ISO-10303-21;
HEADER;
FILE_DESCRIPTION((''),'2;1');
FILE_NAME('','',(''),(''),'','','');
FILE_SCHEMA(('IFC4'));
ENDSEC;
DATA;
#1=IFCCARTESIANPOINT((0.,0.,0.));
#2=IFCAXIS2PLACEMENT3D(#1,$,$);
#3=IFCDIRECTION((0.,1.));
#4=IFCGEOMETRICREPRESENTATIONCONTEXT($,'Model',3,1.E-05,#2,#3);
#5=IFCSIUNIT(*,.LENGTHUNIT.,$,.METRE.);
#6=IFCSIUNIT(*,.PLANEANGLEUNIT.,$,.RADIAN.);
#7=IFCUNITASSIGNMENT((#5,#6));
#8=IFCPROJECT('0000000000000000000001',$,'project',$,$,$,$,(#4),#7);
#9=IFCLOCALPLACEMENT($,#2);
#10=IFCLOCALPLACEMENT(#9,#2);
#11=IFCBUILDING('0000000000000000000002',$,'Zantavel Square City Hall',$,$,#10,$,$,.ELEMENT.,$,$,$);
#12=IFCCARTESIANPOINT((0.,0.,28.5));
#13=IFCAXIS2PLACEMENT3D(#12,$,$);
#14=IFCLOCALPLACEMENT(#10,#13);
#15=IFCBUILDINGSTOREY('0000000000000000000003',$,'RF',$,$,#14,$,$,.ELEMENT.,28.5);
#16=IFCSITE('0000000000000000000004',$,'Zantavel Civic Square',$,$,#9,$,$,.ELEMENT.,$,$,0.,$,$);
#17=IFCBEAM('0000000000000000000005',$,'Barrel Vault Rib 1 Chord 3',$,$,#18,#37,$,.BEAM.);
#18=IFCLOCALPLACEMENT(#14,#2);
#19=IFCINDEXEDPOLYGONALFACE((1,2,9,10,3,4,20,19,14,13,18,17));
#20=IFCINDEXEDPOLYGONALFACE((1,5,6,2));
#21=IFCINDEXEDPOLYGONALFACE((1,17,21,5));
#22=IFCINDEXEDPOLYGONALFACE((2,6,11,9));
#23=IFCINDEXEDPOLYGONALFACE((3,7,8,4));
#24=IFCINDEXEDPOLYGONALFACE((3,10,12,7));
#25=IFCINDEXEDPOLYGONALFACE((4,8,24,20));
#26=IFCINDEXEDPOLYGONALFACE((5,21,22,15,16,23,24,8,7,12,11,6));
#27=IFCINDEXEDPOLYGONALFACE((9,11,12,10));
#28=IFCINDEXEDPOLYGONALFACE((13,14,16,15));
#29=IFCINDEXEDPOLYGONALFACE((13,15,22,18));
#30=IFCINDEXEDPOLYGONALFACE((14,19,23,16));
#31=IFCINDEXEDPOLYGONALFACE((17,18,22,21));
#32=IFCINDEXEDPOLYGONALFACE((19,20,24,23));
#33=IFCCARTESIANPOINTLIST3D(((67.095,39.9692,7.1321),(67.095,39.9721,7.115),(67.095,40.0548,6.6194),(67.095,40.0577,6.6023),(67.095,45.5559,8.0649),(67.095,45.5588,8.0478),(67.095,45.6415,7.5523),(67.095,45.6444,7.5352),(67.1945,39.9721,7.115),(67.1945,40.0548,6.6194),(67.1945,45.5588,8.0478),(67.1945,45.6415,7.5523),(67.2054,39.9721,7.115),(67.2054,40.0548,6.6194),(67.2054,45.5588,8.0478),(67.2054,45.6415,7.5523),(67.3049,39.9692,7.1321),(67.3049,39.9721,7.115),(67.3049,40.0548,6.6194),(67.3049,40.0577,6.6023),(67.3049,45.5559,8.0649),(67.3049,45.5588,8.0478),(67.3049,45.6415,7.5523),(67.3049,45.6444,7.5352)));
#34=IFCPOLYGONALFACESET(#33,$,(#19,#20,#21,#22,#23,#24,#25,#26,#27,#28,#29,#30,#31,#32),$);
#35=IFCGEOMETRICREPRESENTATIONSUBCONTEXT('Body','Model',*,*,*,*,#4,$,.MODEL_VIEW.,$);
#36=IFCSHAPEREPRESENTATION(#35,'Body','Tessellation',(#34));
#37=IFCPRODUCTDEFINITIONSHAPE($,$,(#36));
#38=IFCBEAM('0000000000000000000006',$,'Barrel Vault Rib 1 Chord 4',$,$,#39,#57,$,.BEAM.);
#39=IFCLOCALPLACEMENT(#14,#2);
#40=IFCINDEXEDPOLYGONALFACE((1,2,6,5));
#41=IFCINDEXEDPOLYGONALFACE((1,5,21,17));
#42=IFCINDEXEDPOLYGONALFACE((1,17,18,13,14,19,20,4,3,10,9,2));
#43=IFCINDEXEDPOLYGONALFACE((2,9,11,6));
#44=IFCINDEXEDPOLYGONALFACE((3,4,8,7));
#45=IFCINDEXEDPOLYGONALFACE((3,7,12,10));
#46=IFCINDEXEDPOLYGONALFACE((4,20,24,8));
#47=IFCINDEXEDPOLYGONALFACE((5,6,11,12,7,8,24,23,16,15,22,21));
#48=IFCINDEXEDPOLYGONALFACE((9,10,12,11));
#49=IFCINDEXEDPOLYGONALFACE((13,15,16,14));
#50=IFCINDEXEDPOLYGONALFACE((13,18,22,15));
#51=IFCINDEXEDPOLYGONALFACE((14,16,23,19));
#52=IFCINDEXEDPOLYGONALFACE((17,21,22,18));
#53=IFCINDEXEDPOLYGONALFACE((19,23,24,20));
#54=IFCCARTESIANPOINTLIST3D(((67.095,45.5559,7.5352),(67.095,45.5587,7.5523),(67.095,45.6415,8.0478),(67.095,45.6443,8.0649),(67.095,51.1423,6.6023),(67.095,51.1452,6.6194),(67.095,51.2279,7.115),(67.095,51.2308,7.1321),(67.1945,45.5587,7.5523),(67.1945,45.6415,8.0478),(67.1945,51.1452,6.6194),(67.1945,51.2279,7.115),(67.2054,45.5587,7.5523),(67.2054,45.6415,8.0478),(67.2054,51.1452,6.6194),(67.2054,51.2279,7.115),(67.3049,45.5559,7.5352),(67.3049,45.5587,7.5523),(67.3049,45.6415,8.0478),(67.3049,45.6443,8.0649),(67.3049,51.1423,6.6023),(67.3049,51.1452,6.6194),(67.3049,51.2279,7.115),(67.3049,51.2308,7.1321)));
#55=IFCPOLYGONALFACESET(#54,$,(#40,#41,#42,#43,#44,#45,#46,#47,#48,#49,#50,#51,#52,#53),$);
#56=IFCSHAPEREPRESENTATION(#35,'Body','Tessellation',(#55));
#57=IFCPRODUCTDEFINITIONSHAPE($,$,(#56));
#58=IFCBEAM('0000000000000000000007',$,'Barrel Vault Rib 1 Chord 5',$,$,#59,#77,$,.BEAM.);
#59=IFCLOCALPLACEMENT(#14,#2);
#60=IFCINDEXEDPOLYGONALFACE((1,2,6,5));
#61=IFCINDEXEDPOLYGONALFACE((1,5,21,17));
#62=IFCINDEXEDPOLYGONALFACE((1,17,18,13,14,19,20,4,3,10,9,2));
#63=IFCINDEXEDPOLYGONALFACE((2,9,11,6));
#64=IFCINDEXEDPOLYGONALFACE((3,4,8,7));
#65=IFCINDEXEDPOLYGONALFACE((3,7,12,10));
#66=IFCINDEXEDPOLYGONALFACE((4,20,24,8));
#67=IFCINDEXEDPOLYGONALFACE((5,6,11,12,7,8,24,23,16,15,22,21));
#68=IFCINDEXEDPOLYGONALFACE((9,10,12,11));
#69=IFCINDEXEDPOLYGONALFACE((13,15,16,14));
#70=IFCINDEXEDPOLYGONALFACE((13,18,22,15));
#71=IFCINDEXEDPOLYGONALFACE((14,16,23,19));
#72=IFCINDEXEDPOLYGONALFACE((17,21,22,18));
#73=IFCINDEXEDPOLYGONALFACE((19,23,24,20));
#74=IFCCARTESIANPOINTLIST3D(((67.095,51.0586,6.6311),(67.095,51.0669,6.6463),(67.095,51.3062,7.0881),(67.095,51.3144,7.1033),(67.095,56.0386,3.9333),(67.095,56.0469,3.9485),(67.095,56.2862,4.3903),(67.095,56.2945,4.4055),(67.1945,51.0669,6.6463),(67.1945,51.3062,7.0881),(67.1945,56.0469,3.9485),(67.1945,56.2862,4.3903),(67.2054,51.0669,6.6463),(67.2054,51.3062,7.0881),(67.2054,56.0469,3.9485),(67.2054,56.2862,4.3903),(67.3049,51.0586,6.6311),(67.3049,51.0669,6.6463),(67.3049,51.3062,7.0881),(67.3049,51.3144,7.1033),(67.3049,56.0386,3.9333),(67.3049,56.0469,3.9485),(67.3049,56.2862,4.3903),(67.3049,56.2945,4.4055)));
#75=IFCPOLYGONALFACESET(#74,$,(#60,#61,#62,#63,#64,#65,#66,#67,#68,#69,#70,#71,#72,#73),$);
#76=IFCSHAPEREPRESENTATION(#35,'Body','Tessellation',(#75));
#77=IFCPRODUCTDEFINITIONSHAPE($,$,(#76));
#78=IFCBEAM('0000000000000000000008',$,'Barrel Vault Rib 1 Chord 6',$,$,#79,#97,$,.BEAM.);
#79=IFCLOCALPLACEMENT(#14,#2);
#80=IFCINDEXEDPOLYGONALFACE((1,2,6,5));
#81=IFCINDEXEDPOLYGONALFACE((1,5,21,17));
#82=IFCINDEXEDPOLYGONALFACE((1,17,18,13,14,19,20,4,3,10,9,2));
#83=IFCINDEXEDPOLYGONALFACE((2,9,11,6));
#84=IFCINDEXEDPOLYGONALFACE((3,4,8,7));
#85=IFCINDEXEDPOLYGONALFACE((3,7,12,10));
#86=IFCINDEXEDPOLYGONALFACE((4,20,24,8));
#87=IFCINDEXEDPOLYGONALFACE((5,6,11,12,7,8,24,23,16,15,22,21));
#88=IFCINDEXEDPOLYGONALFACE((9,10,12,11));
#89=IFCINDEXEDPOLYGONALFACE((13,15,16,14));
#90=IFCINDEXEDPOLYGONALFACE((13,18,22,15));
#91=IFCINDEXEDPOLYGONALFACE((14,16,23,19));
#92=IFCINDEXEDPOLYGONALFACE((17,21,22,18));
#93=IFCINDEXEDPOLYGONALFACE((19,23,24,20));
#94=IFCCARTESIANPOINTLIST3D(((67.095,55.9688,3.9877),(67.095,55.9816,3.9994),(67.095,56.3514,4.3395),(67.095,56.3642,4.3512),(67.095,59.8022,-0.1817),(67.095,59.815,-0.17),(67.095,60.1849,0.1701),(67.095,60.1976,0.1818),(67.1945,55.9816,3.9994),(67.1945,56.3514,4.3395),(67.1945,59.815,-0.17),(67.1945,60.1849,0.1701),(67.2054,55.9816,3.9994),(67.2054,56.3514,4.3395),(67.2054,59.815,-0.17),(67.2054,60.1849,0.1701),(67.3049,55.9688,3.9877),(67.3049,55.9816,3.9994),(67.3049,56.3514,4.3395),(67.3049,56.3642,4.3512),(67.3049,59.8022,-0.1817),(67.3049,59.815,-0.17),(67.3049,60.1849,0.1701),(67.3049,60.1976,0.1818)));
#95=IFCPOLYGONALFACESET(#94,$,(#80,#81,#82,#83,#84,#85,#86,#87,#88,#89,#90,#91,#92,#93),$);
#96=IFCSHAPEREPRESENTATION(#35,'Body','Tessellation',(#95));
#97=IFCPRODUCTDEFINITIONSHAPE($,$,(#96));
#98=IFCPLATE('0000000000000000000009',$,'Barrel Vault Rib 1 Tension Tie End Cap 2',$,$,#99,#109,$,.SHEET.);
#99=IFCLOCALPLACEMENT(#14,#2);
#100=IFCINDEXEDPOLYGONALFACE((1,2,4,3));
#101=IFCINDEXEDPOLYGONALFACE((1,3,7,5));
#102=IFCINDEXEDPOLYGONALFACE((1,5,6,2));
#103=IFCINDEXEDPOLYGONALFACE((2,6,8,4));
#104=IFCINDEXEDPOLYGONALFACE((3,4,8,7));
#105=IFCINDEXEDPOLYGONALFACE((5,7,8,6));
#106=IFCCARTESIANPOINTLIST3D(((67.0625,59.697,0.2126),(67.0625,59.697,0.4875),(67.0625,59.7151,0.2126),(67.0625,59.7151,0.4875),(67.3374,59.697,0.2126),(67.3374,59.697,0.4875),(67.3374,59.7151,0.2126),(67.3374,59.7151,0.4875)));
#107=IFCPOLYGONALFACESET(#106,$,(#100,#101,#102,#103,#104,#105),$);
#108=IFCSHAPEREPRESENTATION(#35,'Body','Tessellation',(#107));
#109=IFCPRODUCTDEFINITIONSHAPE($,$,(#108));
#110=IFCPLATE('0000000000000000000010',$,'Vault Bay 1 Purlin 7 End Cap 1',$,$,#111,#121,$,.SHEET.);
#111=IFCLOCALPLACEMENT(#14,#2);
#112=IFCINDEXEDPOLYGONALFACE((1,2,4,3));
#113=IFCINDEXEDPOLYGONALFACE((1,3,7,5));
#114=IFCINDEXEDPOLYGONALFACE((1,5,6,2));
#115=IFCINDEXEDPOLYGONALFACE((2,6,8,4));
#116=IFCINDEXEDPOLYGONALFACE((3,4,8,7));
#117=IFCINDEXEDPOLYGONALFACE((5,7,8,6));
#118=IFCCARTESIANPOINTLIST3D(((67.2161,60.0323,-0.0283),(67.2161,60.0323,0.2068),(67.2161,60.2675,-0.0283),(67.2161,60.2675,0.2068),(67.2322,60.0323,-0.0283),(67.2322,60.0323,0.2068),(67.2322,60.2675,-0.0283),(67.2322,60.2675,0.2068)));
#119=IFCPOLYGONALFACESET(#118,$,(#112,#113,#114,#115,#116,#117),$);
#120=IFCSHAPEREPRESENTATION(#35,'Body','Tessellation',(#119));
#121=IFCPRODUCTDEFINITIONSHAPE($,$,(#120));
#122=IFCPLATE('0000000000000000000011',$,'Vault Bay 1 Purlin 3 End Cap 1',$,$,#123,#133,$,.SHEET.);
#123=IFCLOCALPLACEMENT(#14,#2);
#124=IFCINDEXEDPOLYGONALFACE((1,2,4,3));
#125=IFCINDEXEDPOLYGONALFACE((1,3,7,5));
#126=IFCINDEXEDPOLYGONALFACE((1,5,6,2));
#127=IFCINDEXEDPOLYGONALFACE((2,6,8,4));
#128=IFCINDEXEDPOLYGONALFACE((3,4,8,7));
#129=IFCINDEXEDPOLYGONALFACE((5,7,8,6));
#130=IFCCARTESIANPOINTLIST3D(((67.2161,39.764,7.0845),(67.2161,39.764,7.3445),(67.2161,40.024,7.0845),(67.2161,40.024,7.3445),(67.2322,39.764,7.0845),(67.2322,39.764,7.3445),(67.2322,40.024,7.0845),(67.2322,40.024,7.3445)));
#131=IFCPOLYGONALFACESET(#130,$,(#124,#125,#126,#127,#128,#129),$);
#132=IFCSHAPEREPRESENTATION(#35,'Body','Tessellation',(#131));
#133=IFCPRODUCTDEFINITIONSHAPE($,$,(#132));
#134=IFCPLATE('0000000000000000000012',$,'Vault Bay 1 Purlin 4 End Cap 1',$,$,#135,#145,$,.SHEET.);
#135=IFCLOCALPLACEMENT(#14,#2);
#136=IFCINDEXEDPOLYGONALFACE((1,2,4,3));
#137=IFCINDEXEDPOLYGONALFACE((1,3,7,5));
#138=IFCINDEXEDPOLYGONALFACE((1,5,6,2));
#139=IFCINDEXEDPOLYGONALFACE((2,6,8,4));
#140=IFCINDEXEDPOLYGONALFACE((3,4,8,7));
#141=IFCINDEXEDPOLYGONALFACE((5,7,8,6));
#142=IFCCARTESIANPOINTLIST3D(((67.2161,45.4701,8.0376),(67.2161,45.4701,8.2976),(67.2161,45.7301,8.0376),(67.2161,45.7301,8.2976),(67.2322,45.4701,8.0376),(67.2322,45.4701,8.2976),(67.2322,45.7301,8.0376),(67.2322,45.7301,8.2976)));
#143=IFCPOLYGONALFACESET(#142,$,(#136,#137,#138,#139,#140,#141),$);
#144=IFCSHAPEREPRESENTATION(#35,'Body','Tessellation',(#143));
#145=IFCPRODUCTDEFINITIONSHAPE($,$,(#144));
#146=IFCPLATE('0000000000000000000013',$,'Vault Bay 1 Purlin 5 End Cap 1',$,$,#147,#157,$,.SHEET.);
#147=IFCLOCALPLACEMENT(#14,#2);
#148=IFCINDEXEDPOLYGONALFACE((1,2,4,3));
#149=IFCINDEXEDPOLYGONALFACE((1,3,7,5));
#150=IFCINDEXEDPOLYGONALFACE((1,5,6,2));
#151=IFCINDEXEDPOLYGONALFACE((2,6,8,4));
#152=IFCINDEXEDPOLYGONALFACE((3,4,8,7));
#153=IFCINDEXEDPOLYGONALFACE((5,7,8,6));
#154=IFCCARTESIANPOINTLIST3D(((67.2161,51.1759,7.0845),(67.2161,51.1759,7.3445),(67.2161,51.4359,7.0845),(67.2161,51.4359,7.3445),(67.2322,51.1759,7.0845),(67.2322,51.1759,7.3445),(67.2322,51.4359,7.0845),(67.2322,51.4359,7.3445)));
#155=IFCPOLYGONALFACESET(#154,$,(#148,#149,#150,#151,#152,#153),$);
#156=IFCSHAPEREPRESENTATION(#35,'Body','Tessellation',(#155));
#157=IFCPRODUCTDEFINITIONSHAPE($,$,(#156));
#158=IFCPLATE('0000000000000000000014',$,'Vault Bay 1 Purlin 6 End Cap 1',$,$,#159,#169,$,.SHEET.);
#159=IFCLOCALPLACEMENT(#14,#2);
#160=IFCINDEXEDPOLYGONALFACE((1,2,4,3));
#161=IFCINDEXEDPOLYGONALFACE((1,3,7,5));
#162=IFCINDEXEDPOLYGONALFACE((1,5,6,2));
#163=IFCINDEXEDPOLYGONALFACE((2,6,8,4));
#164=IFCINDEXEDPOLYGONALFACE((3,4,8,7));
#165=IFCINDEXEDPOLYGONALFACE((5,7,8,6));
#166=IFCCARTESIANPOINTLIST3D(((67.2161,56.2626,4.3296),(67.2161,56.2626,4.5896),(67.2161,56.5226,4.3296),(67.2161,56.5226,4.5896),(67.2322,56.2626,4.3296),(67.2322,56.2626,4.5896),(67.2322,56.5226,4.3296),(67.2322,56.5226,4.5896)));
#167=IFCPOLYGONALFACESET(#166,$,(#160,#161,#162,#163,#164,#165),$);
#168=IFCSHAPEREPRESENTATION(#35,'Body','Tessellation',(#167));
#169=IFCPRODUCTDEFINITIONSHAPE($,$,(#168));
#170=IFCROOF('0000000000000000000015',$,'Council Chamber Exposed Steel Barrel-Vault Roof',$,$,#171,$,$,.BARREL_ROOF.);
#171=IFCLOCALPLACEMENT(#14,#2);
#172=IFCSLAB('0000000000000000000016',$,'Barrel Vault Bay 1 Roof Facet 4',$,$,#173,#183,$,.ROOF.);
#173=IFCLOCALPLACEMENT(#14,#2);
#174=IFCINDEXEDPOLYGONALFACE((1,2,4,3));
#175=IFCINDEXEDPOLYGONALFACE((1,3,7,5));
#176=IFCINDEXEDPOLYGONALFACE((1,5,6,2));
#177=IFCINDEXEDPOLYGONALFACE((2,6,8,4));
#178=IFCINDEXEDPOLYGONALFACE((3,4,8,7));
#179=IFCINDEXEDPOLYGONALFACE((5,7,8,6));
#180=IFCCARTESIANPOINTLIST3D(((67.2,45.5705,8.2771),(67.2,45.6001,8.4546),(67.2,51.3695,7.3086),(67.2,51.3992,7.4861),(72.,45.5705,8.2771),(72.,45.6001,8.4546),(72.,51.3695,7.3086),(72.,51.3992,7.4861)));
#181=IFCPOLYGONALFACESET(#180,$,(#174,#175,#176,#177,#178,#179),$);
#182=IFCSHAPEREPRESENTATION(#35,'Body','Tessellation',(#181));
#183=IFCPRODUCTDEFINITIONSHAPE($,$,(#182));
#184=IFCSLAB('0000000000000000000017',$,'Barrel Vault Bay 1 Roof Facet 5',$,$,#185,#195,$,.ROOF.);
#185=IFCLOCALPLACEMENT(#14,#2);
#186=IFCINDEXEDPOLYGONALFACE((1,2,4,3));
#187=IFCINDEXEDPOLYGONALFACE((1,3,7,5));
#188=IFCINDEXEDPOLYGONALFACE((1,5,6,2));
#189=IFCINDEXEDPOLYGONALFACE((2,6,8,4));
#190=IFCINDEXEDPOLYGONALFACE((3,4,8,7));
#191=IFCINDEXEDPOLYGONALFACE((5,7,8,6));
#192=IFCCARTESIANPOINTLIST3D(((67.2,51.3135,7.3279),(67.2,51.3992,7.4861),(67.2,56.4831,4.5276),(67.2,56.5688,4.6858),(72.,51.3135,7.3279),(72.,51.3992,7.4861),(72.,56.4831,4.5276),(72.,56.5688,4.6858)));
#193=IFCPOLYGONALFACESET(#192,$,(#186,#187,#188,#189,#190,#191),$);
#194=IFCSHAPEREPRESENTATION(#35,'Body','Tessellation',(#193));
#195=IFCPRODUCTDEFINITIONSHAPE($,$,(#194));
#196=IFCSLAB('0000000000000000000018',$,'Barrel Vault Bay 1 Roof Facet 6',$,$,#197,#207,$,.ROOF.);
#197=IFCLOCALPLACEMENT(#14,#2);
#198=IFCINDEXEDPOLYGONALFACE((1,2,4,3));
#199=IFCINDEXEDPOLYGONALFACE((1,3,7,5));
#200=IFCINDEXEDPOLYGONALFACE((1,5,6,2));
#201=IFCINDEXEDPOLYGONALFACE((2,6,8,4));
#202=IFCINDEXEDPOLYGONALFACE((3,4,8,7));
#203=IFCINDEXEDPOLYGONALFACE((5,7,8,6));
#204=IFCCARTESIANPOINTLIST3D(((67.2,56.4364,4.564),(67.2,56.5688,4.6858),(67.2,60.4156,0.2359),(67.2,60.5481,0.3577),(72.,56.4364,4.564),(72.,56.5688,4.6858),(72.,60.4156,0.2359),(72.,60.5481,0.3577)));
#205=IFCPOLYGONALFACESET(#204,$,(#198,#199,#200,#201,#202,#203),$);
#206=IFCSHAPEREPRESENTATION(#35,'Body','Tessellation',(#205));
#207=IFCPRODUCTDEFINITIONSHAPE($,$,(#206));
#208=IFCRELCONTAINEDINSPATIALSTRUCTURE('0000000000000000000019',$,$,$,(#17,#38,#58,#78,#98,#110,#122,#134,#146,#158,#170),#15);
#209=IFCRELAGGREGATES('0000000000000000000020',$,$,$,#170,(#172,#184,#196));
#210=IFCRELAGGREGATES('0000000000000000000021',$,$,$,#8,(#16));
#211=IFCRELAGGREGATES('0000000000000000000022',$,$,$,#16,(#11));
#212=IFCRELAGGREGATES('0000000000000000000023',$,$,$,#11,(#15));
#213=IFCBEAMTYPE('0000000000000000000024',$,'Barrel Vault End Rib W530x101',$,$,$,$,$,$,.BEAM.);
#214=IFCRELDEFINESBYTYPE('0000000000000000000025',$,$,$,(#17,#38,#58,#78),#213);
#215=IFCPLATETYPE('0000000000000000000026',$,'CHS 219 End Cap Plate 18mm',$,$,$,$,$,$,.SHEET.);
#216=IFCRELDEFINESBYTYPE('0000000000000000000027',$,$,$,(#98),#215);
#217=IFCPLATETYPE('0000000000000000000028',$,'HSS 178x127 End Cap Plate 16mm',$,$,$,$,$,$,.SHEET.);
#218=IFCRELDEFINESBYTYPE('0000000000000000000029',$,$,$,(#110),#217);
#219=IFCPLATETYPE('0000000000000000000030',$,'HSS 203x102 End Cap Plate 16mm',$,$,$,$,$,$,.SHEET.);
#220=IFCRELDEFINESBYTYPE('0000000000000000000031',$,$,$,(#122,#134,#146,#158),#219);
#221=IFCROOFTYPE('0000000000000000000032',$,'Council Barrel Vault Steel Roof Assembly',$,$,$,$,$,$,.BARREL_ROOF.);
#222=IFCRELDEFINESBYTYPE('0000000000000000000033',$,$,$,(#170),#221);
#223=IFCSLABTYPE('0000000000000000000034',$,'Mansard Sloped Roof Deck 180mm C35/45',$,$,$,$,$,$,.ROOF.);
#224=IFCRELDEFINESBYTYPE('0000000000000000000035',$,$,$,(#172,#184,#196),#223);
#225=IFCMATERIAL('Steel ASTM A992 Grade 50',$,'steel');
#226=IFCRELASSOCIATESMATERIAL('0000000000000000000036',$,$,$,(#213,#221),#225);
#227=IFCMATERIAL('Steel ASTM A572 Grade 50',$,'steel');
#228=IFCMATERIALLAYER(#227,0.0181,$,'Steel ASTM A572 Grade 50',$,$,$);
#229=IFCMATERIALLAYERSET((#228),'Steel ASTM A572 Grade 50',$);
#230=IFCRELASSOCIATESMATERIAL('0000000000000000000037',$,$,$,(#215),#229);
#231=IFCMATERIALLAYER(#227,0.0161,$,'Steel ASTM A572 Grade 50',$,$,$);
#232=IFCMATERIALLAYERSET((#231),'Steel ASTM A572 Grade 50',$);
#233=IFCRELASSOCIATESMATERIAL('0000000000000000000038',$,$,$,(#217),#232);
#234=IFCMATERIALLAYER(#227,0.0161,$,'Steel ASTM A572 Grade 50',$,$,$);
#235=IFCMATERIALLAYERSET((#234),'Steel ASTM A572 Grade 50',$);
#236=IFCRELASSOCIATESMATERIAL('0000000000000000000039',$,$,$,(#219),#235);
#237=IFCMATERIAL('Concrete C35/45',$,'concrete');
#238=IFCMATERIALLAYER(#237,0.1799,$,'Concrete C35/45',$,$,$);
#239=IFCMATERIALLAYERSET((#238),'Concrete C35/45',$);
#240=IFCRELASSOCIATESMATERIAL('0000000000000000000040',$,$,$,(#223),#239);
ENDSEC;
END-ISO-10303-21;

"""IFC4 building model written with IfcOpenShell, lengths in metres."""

from ifc_helpers import new_model, si_unit, direction, frame, origin, origin_2d, place, context, subcontext, project, spatial, polyline, rectangle, i_section, outline, extrude, material, layer, layer_set, material_profile, profile_set, type_object, element, aggregate, save


model = new_model("IFC4")

# Units and contexts
model_context = context("Model", 3, precision=1e-05, world=origin(), true_north=direction((0.0, 1.0)))
body_context = subcontext(model_context, "Body", "Model", "MODEL_VIEW")
ifc_project = project(units=[si_unit("LENGTHUNIT", "METRE"), si_unit("PLANEANGLEUNIT", "RADIAN")], contexts=[model_context])

# Site, building, storey
site_placement = place(None, origin())
site = spatial("IfcSite", under=ifc_project, at=site_placement, Name="Zantavel Civic Square", CompositionType="ELEMENT", RefElevation=0.0)
building_placement = place(site_placement, origin())
building = spatial("IfcBuilding", under=site, at=building_placement, Name="Zantavel Square City Hall", CompositionType="ELEMENT")
storey_placement = place(building_placement, frame((0.0, 0.0, 28.5)))
storey = spatial("IfcBuildingStorey", under=building, at=storey_placement, Name="RF", CompositionType="ELEMENT", Elevation=28.5)

# Beams
ifc_material_1 = material(Name="Steel ASTM A992 Grade 50", Category="steel")
ifc_material_profile = material_profile(ifc_material_1, i_section(OverallWidth=0.21, OverallDepth=0.5371, WebThickness=0.011, FlangeThickness=0.0173, at=origin_2d()), Name="W530x101")
ifc_profile_set = profile_set([ifc_material_profile], Name="Steel ASTM A992 Grade 50")
beam_type = type_object("IfcBeamType", Name="Barrel Vault End Rib W530x101", PredefinedType="BEAM", material=ifc_profile_set)
beam_placement = place(storey_placement, frame((67.2, 40.0134, 6.8672), z_axis=(0.0, 0.986344, 0.1647), x_axis=(-1.0, 0.0, 0.0)))
element("IfcBeam", 1, at=beam_placement, inside=storey, type_object=beam_type, Name="Barrel Vault Rib 1 Chord 3", PredefinedType="BEAM", context=body_context, shape_type="SweptSolid", body=[
    extrude(i_section(OverallWidth=0.21, OverallDepth=0.5371, WebThickness=0.011, FlangeThickness=0.0173, at=origin_2d()), origin(), (0.0, 0.0, 1.0), 5.6641),
])
for number, where, z_axis, x_axis, name in (
    (2, (67.2, 45.6001, 7.8), (0.0, 0.986343, -0.164707), (-1.0, 0.0, 0.0), "Barrel Vault Rib 1 Chord 4"),
    (3, (67.2, 51.1865, 6.8672), (0.0, 0.879272, -0.476319), (-1.0, 0.0, 0.0), "Barrel Vault Rib 1 Chord 5"),
    (4, (67.2, 56.1665, 4.1694), (0.0, 0.676829, -0.736141), (-1.0, 0.0, 0.0), "Barrel Vault Rib 1 Chord 6"),
):
    element("IfcBeam", number, at=place(storey_placement, frame(where, z_axis=z_axis, x_axis=x_axis)), inside=storey, type_object=beam_type, Name=name, PredefinedType="BEAM", context=body_context, shape_type="SweptSolid", body=[
        extrude(i_section(OverallWidth=0.21, OverallDepth=0.5371, WebThickness=0.011, FlangeThickness=0.0173, at=origin_2d()), origin(), (0.0, 0.0, 1.0), 5.6638),
    ])

# Plates
ifc_material_2 = material(Name="Steel ASTM A572 Grade 50", Category="steel")
ifc_layer_1 = layer(ifc_material_2, 0.0181, Name="Steel ASTM A572 Grade 50")
ifc_layer_set_1 = layer_set([ifc_layer_1], Name="Steel ASTM A572 Grade 50")
plate_type_1 = type_object("IfcPlateType", Name="CHS 219 End Cap Plate 18mm", PredefinedType="SHEET", material=ifc_layer_set_1)
plate_1_placement = place(storey_placement, frame((67.2, 59.7061, 0.2126), z_axis=(0.0, 0.0, 1.0), x_axis=(0.0, 1.0, 0.0)))
element("IfcPlate", 5, at=plate_1_placement, inside=storey, type_object=plate_type_1, Name="Barrel Vault Rib 1 Tension Tie End Cap 2", PredefinedType="SHEET", context=body_context, shape_type="SweptSolid", body=[
    extrude(rectangle(XDim=0.0181, YDim=0.2749, at=origin_2d()), origin(), (0.0, 0.0, 1.0), 0.2749),
])
ifc_layer_2 = layer(ifc_material_2, 0.0161, Name="Steel ASTM A572 Grade 50")
ifc_layer_set_2 = layer_set([ifc_layer_2], Name="Steel ASTM A572 Grade 50")
plate_type_2 = type_object("IfcPlateType", Name="HSS 178x127 End Cap Plate 16mm", PredefinedType="SHEET", material=ifc_layer_set_2)
plate_2_placement = place(storey_placement, frame((67.2241, 60.1499, -0.0283), z_axis=(0.0, 0.0, 1.0), x_axis=(1.0, 0.0, 0.0)))
element("IfcPlate", 6, at=plate_2_placement, inside=storey, type_object=plate_type_2, Name="Vault Bay 1 Purlin 7 End Cap 1", PredefinedType="SHEET", context=body_context, shape_type="SweptSolid", body=[
    extrude(rectangle(XDim=0.0161, YDim=0.2351, at=origin_2d()), origin(), (0.0, 0.0, 1.0), 0.2351),
])
ifc_layer_3 = layer(ifc_material_2, 0.0161, Name="Steel ASTM A572 Grade 50")
ifc_layer_set_3 = layer_set([ifc_layer_3], Name="Steel ASTM A572 Grade 50")
plate_type_3 = type_object("IfcPlateType", Name="HSS 203x102 End Cap Plate 16mm", PredefinedType="SHEET", material=ifc_layer_set_3)
for number, where, z_axis, x_axis, name in (
    (7, (67.2241, 39.894, 7.0845), (0.0, 0.0, 1.0), (1.0, 0.0, 0.0), "Vault Bay 1 Purlin 3 End Cap 1"),
    (8, (67.2241, 45.6001, 8.0376), (0.0, 0.0, 1.0), (1.0, 0.0, 0.0), "Vault Bay 1 Purlin 4 End Cap 1"),
    (9, (67.2241, 51.3059, 7.0845), (0.0, 0.0, 1.0), (1.0, 0.0, 0.0), "Vault Bay 1 Purlin 5 End Cap 1"),
    (10, (67.2241, 56.3926, 4.3296), (0.0, 0.0, 1.0), (1.0, 0.0, 0.0), "Vault Bay 1 Purlin 6 End Cap 1"),
):
    element("IfcPlate", number, at=place(storey_placement, frame(where, z_axis=z_axis, x_axis=x_axis)), inside=storey, type_object=plate_type_3, Name=name, PredefinedType="SHEET", context=body_context, shape_type="SweptSolid", body=[
        extrude(rectangle(XDim=0.0161, YDim=0.26, at=origin_2d()), origin(), (0.0, 0.0, 1.0), 0.26),
    ])

# Roof, slabs
roof_type = type_object("IfcRoofType", Name="Council Barrel Vault Steel Roof Assembly", PredefinedType="BARREL_ROOF", material=ifc_material_1)
roof_placement = place(storey_placement, origin())
roof = element("IfcRoof", 11, at=roof_placement, inside=storey, type_object=roof_type, Name="Council Chamber Exposed Steel Barrel-Vault Roof", PredefinedType="BARREL_ROOF")
ifc_material_3 = material(Name="Concrete C35/45", Category="concrete")
ifc_layer_4 = layer(ifc_material_3, 0.1799, Name="Concrete C35/45")
ifc_layer_set_4 = layer_set([ifc_layer_4], Name="Concrete C35/45")
slab_type_1 = type_object("IfcSlabType", Name="Mansard Sloped Roof Deck 180mm C35/45", PredefinedType="ROOF", material=ifc_layer_set_4)
slab_1_placement = place(storey_placement, frame((67.2, 45.6001, 8.4546), z_axis=(0.0, 0.164729, 0.986339), x_axis=(1.0, 0.0, 0.0)))
slab_1 = element("IfcSlab", 12, at=slab_1_placement, type_object=slab_type_1, Name="Barrel Vault Bay 1 Roof Facet 4", PredefinedType="ROOF", context=body_context, shape_type="SweptSolid", body=[
    extrude(outline(polyline([(0.0, 0.0), (4.8, 0.0), (4.8, 5.8794), (0.0, 5.8794), (0.0, 0.0)])), origin(), (0.0, 0.0, -1.0), 0.1799),
])
slab_2_placement = place(storey_placement, frame((67.2, 51.3992, 7.4861), z_axis=(0.0, 0.47629, 0.879288), x_axis=(1.0, 0.0, 0.0)))
slab_2 = element("IfcSlab", 13, at=slab_2_placement, type_object=slab_type_1, Name="Barrel Vault Bay 1 Roof Facet 5", PredefinedType="ROOF", context=body_context, shape_type="SweptSolid", body=[
    extrude(outline(polyline([(0.0, 0.0), (4.8, 0.0), (4.8, 5.8794), (0.0, 5.8794), (0.0, 0.0)])), origin(), (0.0, 0.0, -1.0), 0.1799),
])
slab_3_placement = place(storey_placement, frame((67.2, 56.5688, 4.6858), z_axis=(0.0, 0.736154, 0.676815), x_axis=(1.0, 0.0, 0.0)))
slab_3 = element("IfcSlab", 14, at=slab_3_placement, type_object=slab_type_1, Name="Barrel Vault Bay 1 Roof Facet 6", PredefinedType="ROOF", context=body_context, shape_type="SweptSolid", body=[
    extrude(outline(polyline([(0.0, 0.0), (4.8, 0.0), (4.8, 5.8794), (0.0, 5.8794), (0.0, 0.0)])), origin(), (0.0, 0.0, -1.0), 0.1799),
])
aggregate(roof, [slab_1, slab_2, slab_3])

save(model, "model.ifc")
